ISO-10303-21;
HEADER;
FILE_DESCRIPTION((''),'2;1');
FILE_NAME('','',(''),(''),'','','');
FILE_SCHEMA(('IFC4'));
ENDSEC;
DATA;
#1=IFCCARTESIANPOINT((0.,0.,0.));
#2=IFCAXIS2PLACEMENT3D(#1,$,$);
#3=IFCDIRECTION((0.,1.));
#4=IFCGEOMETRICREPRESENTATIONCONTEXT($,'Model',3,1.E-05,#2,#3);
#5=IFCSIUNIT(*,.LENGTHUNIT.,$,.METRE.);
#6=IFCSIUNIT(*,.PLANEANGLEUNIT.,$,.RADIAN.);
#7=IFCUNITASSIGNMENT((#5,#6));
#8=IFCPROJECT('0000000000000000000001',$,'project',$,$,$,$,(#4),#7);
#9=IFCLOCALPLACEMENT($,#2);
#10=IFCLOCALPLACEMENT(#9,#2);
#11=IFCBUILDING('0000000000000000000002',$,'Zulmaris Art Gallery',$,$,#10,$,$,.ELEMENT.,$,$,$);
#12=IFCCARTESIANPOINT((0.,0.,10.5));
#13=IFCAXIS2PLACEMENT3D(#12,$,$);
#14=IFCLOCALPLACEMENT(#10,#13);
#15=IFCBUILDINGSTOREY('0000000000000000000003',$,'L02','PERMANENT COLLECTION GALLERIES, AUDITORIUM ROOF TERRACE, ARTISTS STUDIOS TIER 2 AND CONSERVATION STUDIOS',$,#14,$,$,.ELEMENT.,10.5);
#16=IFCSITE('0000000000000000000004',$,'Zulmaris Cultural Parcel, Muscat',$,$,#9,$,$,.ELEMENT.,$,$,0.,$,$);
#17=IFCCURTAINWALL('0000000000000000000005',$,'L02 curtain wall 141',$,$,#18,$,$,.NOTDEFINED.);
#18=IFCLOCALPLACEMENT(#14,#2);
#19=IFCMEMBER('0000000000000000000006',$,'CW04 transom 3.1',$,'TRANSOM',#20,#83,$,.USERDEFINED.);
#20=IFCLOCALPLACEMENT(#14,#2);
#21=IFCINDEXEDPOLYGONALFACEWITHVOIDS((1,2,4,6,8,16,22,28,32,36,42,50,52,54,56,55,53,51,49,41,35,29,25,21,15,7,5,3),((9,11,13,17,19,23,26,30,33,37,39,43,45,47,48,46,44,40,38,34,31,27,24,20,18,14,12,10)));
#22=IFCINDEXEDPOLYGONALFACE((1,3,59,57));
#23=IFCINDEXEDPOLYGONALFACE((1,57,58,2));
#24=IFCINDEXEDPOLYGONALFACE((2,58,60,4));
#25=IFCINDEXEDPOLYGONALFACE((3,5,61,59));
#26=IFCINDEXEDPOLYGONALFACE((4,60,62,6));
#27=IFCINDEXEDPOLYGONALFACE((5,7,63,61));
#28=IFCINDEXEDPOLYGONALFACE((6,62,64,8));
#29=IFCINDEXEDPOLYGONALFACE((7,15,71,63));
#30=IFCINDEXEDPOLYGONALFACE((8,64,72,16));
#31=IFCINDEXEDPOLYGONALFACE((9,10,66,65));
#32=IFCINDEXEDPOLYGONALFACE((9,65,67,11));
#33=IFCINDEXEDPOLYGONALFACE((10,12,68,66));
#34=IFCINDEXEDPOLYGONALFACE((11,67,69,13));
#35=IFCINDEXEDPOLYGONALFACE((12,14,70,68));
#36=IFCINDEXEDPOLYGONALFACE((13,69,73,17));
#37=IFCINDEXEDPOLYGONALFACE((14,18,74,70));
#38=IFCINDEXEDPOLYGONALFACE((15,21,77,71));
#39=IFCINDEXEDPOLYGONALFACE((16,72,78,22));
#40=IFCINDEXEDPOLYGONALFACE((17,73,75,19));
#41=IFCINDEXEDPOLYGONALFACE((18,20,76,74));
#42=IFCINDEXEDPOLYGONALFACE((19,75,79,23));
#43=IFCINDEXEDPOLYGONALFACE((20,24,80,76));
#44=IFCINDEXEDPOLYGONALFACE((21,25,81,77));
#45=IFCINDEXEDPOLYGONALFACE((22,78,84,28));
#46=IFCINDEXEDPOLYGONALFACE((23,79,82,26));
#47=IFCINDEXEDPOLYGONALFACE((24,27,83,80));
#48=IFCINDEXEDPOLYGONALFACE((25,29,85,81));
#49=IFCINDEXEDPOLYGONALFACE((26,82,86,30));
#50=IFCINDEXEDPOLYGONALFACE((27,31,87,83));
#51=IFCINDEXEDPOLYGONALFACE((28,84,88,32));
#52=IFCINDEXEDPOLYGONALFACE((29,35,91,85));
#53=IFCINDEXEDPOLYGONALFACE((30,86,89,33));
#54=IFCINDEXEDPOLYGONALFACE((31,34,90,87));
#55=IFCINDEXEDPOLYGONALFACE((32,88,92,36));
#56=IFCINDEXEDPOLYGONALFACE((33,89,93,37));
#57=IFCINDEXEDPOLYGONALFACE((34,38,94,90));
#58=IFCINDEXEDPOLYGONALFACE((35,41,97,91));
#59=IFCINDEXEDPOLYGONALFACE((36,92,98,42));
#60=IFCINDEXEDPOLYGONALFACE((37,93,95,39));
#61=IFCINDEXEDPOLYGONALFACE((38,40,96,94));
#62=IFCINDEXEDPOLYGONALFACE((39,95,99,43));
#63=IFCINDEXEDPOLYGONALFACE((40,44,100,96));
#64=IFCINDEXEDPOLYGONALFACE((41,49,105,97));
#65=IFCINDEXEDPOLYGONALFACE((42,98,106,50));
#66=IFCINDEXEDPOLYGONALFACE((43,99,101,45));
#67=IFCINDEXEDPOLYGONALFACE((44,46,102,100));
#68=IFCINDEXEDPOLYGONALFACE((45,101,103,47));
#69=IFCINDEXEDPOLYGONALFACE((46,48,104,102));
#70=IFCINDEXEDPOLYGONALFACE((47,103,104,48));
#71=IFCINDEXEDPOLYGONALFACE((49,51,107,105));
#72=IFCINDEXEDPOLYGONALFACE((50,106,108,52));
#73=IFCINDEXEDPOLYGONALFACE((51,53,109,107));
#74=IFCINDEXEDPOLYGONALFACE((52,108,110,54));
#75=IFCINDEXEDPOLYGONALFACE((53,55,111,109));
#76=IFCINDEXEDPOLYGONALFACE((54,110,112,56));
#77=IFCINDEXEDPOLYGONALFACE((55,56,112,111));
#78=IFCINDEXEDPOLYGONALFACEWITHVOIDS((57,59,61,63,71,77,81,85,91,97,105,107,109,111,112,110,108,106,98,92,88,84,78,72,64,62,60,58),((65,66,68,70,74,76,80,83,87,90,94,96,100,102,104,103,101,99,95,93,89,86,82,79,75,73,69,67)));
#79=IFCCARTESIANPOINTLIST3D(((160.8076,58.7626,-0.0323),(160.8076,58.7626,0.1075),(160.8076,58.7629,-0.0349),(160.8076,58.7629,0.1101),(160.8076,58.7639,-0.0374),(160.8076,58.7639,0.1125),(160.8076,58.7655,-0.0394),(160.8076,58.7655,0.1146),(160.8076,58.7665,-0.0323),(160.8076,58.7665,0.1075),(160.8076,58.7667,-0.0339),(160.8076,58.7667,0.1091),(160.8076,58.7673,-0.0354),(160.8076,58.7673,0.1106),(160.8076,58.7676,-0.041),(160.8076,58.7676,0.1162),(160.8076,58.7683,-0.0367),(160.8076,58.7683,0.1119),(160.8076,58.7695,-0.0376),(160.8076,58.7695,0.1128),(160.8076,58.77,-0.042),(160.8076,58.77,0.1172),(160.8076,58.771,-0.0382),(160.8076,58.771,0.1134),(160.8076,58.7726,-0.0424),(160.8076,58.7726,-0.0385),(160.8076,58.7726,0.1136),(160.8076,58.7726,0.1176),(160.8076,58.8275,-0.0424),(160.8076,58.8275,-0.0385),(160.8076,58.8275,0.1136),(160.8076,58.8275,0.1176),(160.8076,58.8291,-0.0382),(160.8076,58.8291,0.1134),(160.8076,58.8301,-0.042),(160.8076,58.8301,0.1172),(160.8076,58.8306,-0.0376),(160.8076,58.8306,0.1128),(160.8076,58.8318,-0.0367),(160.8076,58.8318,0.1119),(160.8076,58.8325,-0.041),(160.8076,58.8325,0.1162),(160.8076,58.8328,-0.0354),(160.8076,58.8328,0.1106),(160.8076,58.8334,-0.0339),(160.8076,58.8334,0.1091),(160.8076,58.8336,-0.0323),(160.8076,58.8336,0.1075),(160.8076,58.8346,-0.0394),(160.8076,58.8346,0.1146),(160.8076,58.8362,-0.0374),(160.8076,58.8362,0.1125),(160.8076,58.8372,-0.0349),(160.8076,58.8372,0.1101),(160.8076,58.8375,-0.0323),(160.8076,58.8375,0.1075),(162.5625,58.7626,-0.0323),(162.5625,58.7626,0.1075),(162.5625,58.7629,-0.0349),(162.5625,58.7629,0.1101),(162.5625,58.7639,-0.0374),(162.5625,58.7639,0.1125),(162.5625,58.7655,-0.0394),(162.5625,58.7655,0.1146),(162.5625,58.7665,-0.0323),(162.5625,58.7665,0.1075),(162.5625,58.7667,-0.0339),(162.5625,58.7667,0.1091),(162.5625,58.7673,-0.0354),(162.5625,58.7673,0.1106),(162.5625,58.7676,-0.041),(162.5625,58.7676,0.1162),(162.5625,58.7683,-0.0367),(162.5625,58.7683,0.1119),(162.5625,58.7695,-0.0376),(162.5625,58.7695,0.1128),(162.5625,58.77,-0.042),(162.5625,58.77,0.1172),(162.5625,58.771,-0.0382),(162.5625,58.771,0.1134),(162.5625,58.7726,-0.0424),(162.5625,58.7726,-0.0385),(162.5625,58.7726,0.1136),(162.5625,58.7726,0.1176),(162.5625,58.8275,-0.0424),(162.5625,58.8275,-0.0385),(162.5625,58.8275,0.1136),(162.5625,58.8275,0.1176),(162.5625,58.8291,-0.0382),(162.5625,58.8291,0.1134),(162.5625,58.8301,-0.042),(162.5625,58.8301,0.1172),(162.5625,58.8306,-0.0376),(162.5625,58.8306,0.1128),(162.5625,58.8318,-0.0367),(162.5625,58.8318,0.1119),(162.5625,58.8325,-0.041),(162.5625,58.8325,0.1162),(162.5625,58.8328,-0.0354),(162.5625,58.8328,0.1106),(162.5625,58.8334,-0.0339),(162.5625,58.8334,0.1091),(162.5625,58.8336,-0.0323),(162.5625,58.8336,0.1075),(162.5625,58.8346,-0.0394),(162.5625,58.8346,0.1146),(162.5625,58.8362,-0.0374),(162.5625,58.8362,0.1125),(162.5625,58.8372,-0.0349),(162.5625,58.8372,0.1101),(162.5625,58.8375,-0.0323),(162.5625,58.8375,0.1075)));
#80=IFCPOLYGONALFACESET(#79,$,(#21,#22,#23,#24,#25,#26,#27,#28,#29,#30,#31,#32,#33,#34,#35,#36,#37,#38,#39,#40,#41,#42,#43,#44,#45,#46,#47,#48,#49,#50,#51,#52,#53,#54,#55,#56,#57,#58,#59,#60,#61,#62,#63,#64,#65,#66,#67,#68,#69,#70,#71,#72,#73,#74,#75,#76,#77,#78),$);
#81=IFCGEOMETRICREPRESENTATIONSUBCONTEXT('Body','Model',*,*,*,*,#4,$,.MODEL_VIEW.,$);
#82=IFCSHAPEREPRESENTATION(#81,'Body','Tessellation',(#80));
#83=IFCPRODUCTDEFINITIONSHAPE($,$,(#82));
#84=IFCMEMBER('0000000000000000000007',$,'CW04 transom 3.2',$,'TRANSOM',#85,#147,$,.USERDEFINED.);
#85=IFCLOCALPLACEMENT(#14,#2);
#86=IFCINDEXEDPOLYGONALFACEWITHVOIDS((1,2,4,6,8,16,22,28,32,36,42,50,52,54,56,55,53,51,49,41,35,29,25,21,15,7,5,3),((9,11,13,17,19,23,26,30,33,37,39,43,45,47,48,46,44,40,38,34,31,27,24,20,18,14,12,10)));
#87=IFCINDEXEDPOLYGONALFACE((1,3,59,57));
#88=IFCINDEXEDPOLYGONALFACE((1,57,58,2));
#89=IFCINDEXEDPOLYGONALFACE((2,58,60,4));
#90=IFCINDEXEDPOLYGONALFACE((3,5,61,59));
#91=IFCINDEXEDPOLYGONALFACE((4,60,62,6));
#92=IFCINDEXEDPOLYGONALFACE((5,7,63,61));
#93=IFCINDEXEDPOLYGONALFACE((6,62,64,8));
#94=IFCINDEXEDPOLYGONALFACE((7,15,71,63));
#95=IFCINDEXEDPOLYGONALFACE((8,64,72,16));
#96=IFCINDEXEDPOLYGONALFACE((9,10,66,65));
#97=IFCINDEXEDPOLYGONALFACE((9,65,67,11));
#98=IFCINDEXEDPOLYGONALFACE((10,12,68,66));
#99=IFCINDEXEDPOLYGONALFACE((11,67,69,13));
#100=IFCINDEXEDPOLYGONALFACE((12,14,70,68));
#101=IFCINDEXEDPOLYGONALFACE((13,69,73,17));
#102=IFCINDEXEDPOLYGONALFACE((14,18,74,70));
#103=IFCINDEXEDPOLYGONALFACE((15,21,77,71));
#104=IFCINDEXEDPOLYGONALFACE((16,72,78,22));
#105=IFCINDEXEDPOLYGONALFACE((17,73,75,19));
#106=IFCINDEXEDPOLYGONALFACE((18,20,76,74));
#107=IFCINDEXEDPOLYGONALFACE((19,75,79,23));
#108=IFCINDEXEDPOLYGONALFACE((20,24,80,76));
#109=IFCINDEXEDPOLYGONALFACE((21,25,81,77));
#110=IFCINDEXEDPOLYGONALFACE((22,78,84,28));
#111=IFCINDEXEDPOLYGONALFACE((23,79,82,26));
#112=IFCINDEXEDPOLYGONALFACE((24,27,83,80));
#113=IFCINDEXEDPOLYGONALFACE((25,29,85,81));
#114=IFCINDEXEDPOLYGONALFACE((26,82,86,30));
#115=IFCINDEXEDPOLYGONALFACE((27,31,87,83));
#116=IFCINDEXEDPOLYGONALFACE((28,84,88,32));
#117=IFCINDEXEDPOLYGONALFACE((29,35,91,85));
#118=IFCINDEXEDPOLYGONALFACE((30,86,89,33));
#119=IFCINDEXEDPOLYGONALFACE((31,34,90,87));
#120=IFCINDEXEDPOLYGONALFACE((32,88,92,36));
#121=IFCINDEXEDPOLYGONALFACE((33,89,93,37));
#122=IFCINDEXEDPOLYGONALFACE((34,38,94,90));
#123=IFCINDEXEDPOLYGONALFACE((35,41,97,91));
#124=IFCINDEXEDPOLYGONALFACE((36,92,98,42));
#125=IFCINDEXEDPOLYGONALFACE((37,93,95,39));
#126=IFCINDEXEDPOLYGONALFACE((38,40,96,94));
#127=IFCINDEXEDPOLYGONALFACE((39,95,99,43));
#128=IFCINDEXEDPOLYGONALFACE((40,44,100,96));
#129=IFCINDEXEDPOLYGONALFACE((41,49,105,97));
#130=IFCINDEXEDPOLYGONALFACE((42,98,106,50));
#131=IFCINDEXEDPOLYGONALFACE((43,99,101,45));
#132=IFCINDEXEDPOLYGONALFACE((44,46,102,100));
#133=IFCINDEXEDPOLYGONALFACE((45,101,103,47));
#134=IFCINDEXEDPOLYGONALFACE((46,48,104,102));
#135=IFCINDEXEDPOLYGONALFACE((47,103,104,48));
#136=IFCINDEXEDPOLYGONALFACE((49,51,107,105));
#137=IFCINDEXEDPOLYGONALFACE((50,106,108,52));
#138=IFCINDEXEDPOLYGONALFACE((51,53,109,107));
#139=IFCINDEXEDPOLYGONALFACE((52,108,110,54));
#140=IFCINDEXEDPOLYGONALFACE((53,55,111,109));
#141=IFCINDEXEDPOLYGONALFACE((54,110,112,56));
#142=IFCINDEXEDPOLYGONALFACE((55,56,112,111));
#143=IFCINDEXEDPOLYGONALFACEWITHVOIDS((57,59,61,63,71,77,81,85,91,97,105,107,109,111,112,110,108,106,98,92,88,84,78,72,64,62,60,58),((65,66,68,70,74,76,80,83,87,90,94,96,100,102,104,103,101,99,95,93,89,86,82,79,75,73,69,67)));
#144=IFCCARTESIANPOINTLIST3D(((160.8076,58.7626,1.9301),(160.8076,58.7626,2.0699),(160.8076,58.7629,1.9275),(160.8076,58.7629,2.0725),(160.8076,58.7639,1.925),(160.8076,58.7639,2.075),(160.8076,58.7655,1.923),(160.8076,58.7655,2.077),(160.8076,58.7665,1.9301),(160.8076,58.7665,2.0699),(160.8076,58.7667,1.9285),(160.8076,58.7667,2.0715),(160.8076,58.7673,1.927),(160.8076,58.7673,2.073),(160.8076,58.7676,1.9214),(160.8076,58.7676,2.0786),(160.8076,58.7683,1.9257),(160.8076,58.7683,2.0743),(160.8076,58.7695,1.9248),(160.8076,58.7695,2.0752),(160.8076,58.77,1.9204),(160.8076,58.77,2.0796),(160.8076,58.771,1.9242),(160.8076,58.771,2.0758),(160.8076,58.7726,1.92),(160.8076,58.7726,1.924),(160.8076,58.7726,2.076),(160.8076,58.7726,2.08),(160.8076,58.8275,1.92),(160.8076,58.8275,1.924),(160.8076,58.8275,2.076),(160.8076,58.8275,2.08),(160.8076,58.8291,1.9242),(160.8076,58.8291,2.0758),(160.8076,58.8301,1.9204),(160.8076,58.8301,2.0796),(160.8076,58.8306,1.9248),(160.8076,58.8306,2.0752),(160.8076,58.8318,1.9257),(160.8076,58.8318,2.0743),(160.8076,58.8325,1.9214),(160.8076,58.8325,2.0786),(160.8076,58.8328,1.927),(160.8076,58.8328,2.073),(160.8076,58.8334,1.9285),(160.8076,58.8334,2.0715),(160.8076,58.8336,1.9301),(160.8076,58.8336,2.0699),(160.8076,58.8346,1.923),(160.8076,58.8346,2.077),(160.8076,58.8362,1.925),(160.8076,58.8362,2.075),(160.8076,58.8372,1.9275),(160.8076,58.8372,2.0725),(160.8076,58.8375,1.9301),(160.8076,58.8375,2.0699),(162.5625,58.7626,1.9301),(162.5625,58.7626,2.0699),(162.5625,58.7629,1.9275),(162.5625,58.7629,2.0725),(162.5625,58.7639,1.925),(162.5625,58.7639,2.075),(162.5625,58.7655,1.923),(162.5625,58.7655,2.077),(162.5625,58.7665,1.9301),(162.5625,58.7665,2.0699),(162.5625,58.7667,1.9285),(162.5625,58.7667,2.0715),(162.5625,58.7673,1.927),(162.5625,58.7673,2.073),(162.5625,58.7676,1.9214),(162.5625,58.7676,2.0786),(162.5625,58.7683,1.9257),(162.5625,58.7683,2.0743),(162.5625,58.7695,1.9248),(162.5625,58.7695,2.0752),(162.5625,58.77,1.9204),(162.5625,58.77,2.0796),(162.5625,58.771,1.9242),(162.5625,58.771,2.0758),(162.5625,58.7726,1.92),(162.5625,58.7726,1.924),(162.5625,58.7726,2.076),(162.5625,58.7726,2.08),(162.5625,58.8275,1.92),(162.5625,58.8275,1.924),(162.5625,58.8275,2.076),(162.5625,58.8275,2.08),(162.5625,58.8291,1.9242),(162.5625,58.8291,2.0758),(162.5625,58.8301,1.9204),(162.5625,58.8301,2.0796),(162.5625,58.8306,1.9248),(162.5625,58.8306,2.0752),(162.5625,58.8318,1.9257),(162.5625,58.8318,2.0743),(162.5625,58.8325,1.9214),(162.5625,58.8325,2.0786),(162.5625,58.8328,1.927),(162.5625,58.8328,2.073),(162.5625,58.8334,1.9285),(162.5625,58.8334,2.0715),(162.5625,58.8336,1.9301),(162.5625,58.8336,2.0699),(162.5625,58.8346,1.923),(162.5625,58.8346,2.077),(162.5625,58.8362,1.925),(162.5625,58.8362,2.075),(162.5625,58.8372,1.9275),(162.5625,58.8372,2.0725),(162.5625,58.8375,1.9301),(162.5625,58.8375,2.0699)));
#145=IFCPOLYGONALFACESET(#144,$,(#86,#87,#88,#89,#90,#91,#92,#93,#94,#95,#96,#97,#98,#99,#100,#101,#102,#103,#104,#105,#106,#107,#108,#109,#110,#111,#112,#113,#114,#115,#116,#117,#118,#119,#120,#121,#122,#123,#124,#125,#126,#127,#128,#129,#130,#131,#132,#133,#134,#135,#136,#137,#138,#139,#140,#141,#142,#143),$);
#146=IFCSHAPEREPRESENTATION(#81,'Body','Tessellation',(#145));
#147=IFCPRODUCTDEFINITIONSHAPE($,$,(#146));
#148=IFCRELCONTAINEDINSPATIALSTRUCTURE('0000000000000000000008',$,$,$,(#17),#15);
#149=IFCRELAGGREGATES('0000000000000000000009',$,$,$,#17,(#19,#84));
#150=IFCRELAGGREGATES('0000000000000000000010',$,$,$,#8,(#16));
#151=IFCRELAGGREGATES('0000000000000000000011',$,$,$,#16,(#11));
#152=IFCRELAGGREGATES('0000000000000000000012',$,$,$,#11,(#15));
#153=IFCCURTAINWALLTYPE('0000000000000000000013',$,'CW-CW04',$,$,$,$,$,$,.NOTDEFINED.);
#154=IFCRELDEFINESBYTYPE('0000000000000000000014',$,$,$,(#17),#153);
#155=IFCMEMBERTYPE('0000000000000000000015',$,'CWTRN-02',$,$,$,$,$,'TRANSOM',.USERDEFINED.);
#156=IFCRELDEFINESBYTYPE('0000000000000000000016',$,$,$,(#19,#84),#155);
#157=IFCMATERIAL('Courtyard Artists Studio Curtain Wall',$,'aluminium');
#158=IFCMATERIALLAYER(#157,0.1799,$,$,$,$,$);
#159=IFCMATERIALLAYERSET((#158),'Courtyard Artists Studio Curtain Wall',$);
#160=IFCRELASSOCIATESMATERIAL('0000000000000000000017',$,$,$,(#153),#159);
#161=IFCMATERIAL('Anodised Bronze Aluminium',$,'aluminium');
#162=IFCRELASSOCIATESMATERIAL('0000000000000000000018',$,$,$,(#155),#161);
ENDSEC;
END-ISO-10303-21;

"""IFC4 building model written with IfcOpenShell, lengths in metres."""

from ifc_helpers import new_model, si_unit, direction, frame, origin, origin_2d, place, context, subcontext, project, spatial, hollow_rectangle, extrude, material, layer, layer_set, material_profile, profile_set, type_object, element, aggregate, save


model = new_model("IFC4")

# Units and contexts
model_context = context("Model", 3, precision=1e-05, world=origin(), true_north=direction((0.0, 1.0)))
body_context = subcontext(model_context, "Body", "Model", "MODEL_VIEW")
ifc_project = project(units=[si_unit("LENGTHUNIT", "METRE"), si_unit("PLANEANGLEUNIT", "RADIAN")], contexts=[model_context])

# Site, building, storey
site_placement = place(None, origin())
site = spatial("IfcSite", under=ifc_project, at=site_placement, Name="Zulmaris Cultural Parcel, Muscat", CompositionType="ELEMENT", RefElevation=0.0)
building_placement = place(site_placement, origin())
building = spatial("IfcBuilding", under=site, at=building_placement, Name="Zulmaris Art Gallery", CompositionType="ELEMENT")
storey_placement = place(building_placement, frame((0.0, 0.0, 10.5)))
storey = spatial("IfcBuildingStorey", under=building, at=storey_placement, Name="L02", Description="PERMANENT COLLECTION GALLERIES, AUDITORIUM ROOF TERRACE, ARTISTS STUDIOS TIER 2 AND CONSERVATION STUDIOS", CompositionType="ELEMENT", Elevation=10.5)

# Shared definitions
ifc_material_1 = material(Name="Courtyard Artists Studio Curtain Wall", Category="aluminium")
ifc_layer_1 = layer(ifc_material_1, 0.1799)
ifc_layer_set_1 = layer_set([ifc_layer_1], Name="Courtyard Artists Studio Curtain Wall")
curtain_wall_type = type_object("IfcCurtainWallType", Name="CW-CW04", PredefinedType="NOTDEFINED", material=ifc_layer_set_1)
ifc_material_2 = material(Name="Anodised Bronze Aluminium", Category="aluminium")

# Curtain wall
curtain_wall_1_placement = place(storey_placement, origin())
curtain_wall_1 = element("IfcCurtainWall", 1, at=curtain_wall_1_placement, inside=storey, type_object=curtain_wall_type, Name="L02 curtain wall 141", PredefinedType="NOTDEFINED")

# Members
ifc_material_profile_1 = material_profile(ifc_material_2, hollow_rectangle(XDim=0.075, YDim=0.1599, WallThickness=0.0039, InnerFilletRadius=0.0061, OuterFilletRadius=0.01, at=origin_2d()), Name="ALU 75x160x4")
ifc_profile_set_1 = profile_set([ifc_material_profile_1], Name="Anodised Bronze Aluminium")
member_type_1 = type_object("IfcMemberType", Name="CWTRN-02", ElementType="TRANSOM", PredefinedType="USERDEFINED", material=ifc_profile_set_1)
member_1_placement = place(storey_placement, frame((162.5625, 58.8, 0.0376), z_axis=(-1.0, 0.0, 0.0), x_axis=(0.0, -1.0, 0.0)))
member_1 = element("IfcMember", 2, at=member_1_placement, type_object=member_type_1, Name="CW04 transom 3.1", ObjectType="TRANSOM", PredefinedType="USERDEFINED", context=body_context, shape_type="SweptSolid", body=[
    extrude(hollow_rectangle(XDim=0.075, YDim=0.1599, WallThickness=0.0039, InnerFilletRadius=0.0061, OuterFilletRadius=0.01, at=origin_2d()), origin(), (0.0, 0.0, 1.0), 1.7549),
])
member_2_placement = place(storey_placement, frame((162.5625, 58.8, 2.0), z_axis=(-1.0, 0.0, 0.0), x_axis=(0.0, -1.0, 0.0)))
member_2 = element("IfcMember", 3, at=member_2_placement, type_object=member_type_1, Name="CW04 transom 3.2", ObjectType="TRANSOM", PredefinedType="USERDEFINED", context=body_context, shape_type="SweptSolid", body=[
    extrude(hollow_rectangle(XDim=0.075, YDim=0.1599, WallThickness=0.0039, InnerFilletRadius=0.0061, OuterFilletRadius=0.01, at=origin_2d()), origin(), (0.0, 0.0, 1.0), 1.7549),
])

aggregate(curtain_wall_1, [member_1, member_2])

save(model, "model.ifc")
